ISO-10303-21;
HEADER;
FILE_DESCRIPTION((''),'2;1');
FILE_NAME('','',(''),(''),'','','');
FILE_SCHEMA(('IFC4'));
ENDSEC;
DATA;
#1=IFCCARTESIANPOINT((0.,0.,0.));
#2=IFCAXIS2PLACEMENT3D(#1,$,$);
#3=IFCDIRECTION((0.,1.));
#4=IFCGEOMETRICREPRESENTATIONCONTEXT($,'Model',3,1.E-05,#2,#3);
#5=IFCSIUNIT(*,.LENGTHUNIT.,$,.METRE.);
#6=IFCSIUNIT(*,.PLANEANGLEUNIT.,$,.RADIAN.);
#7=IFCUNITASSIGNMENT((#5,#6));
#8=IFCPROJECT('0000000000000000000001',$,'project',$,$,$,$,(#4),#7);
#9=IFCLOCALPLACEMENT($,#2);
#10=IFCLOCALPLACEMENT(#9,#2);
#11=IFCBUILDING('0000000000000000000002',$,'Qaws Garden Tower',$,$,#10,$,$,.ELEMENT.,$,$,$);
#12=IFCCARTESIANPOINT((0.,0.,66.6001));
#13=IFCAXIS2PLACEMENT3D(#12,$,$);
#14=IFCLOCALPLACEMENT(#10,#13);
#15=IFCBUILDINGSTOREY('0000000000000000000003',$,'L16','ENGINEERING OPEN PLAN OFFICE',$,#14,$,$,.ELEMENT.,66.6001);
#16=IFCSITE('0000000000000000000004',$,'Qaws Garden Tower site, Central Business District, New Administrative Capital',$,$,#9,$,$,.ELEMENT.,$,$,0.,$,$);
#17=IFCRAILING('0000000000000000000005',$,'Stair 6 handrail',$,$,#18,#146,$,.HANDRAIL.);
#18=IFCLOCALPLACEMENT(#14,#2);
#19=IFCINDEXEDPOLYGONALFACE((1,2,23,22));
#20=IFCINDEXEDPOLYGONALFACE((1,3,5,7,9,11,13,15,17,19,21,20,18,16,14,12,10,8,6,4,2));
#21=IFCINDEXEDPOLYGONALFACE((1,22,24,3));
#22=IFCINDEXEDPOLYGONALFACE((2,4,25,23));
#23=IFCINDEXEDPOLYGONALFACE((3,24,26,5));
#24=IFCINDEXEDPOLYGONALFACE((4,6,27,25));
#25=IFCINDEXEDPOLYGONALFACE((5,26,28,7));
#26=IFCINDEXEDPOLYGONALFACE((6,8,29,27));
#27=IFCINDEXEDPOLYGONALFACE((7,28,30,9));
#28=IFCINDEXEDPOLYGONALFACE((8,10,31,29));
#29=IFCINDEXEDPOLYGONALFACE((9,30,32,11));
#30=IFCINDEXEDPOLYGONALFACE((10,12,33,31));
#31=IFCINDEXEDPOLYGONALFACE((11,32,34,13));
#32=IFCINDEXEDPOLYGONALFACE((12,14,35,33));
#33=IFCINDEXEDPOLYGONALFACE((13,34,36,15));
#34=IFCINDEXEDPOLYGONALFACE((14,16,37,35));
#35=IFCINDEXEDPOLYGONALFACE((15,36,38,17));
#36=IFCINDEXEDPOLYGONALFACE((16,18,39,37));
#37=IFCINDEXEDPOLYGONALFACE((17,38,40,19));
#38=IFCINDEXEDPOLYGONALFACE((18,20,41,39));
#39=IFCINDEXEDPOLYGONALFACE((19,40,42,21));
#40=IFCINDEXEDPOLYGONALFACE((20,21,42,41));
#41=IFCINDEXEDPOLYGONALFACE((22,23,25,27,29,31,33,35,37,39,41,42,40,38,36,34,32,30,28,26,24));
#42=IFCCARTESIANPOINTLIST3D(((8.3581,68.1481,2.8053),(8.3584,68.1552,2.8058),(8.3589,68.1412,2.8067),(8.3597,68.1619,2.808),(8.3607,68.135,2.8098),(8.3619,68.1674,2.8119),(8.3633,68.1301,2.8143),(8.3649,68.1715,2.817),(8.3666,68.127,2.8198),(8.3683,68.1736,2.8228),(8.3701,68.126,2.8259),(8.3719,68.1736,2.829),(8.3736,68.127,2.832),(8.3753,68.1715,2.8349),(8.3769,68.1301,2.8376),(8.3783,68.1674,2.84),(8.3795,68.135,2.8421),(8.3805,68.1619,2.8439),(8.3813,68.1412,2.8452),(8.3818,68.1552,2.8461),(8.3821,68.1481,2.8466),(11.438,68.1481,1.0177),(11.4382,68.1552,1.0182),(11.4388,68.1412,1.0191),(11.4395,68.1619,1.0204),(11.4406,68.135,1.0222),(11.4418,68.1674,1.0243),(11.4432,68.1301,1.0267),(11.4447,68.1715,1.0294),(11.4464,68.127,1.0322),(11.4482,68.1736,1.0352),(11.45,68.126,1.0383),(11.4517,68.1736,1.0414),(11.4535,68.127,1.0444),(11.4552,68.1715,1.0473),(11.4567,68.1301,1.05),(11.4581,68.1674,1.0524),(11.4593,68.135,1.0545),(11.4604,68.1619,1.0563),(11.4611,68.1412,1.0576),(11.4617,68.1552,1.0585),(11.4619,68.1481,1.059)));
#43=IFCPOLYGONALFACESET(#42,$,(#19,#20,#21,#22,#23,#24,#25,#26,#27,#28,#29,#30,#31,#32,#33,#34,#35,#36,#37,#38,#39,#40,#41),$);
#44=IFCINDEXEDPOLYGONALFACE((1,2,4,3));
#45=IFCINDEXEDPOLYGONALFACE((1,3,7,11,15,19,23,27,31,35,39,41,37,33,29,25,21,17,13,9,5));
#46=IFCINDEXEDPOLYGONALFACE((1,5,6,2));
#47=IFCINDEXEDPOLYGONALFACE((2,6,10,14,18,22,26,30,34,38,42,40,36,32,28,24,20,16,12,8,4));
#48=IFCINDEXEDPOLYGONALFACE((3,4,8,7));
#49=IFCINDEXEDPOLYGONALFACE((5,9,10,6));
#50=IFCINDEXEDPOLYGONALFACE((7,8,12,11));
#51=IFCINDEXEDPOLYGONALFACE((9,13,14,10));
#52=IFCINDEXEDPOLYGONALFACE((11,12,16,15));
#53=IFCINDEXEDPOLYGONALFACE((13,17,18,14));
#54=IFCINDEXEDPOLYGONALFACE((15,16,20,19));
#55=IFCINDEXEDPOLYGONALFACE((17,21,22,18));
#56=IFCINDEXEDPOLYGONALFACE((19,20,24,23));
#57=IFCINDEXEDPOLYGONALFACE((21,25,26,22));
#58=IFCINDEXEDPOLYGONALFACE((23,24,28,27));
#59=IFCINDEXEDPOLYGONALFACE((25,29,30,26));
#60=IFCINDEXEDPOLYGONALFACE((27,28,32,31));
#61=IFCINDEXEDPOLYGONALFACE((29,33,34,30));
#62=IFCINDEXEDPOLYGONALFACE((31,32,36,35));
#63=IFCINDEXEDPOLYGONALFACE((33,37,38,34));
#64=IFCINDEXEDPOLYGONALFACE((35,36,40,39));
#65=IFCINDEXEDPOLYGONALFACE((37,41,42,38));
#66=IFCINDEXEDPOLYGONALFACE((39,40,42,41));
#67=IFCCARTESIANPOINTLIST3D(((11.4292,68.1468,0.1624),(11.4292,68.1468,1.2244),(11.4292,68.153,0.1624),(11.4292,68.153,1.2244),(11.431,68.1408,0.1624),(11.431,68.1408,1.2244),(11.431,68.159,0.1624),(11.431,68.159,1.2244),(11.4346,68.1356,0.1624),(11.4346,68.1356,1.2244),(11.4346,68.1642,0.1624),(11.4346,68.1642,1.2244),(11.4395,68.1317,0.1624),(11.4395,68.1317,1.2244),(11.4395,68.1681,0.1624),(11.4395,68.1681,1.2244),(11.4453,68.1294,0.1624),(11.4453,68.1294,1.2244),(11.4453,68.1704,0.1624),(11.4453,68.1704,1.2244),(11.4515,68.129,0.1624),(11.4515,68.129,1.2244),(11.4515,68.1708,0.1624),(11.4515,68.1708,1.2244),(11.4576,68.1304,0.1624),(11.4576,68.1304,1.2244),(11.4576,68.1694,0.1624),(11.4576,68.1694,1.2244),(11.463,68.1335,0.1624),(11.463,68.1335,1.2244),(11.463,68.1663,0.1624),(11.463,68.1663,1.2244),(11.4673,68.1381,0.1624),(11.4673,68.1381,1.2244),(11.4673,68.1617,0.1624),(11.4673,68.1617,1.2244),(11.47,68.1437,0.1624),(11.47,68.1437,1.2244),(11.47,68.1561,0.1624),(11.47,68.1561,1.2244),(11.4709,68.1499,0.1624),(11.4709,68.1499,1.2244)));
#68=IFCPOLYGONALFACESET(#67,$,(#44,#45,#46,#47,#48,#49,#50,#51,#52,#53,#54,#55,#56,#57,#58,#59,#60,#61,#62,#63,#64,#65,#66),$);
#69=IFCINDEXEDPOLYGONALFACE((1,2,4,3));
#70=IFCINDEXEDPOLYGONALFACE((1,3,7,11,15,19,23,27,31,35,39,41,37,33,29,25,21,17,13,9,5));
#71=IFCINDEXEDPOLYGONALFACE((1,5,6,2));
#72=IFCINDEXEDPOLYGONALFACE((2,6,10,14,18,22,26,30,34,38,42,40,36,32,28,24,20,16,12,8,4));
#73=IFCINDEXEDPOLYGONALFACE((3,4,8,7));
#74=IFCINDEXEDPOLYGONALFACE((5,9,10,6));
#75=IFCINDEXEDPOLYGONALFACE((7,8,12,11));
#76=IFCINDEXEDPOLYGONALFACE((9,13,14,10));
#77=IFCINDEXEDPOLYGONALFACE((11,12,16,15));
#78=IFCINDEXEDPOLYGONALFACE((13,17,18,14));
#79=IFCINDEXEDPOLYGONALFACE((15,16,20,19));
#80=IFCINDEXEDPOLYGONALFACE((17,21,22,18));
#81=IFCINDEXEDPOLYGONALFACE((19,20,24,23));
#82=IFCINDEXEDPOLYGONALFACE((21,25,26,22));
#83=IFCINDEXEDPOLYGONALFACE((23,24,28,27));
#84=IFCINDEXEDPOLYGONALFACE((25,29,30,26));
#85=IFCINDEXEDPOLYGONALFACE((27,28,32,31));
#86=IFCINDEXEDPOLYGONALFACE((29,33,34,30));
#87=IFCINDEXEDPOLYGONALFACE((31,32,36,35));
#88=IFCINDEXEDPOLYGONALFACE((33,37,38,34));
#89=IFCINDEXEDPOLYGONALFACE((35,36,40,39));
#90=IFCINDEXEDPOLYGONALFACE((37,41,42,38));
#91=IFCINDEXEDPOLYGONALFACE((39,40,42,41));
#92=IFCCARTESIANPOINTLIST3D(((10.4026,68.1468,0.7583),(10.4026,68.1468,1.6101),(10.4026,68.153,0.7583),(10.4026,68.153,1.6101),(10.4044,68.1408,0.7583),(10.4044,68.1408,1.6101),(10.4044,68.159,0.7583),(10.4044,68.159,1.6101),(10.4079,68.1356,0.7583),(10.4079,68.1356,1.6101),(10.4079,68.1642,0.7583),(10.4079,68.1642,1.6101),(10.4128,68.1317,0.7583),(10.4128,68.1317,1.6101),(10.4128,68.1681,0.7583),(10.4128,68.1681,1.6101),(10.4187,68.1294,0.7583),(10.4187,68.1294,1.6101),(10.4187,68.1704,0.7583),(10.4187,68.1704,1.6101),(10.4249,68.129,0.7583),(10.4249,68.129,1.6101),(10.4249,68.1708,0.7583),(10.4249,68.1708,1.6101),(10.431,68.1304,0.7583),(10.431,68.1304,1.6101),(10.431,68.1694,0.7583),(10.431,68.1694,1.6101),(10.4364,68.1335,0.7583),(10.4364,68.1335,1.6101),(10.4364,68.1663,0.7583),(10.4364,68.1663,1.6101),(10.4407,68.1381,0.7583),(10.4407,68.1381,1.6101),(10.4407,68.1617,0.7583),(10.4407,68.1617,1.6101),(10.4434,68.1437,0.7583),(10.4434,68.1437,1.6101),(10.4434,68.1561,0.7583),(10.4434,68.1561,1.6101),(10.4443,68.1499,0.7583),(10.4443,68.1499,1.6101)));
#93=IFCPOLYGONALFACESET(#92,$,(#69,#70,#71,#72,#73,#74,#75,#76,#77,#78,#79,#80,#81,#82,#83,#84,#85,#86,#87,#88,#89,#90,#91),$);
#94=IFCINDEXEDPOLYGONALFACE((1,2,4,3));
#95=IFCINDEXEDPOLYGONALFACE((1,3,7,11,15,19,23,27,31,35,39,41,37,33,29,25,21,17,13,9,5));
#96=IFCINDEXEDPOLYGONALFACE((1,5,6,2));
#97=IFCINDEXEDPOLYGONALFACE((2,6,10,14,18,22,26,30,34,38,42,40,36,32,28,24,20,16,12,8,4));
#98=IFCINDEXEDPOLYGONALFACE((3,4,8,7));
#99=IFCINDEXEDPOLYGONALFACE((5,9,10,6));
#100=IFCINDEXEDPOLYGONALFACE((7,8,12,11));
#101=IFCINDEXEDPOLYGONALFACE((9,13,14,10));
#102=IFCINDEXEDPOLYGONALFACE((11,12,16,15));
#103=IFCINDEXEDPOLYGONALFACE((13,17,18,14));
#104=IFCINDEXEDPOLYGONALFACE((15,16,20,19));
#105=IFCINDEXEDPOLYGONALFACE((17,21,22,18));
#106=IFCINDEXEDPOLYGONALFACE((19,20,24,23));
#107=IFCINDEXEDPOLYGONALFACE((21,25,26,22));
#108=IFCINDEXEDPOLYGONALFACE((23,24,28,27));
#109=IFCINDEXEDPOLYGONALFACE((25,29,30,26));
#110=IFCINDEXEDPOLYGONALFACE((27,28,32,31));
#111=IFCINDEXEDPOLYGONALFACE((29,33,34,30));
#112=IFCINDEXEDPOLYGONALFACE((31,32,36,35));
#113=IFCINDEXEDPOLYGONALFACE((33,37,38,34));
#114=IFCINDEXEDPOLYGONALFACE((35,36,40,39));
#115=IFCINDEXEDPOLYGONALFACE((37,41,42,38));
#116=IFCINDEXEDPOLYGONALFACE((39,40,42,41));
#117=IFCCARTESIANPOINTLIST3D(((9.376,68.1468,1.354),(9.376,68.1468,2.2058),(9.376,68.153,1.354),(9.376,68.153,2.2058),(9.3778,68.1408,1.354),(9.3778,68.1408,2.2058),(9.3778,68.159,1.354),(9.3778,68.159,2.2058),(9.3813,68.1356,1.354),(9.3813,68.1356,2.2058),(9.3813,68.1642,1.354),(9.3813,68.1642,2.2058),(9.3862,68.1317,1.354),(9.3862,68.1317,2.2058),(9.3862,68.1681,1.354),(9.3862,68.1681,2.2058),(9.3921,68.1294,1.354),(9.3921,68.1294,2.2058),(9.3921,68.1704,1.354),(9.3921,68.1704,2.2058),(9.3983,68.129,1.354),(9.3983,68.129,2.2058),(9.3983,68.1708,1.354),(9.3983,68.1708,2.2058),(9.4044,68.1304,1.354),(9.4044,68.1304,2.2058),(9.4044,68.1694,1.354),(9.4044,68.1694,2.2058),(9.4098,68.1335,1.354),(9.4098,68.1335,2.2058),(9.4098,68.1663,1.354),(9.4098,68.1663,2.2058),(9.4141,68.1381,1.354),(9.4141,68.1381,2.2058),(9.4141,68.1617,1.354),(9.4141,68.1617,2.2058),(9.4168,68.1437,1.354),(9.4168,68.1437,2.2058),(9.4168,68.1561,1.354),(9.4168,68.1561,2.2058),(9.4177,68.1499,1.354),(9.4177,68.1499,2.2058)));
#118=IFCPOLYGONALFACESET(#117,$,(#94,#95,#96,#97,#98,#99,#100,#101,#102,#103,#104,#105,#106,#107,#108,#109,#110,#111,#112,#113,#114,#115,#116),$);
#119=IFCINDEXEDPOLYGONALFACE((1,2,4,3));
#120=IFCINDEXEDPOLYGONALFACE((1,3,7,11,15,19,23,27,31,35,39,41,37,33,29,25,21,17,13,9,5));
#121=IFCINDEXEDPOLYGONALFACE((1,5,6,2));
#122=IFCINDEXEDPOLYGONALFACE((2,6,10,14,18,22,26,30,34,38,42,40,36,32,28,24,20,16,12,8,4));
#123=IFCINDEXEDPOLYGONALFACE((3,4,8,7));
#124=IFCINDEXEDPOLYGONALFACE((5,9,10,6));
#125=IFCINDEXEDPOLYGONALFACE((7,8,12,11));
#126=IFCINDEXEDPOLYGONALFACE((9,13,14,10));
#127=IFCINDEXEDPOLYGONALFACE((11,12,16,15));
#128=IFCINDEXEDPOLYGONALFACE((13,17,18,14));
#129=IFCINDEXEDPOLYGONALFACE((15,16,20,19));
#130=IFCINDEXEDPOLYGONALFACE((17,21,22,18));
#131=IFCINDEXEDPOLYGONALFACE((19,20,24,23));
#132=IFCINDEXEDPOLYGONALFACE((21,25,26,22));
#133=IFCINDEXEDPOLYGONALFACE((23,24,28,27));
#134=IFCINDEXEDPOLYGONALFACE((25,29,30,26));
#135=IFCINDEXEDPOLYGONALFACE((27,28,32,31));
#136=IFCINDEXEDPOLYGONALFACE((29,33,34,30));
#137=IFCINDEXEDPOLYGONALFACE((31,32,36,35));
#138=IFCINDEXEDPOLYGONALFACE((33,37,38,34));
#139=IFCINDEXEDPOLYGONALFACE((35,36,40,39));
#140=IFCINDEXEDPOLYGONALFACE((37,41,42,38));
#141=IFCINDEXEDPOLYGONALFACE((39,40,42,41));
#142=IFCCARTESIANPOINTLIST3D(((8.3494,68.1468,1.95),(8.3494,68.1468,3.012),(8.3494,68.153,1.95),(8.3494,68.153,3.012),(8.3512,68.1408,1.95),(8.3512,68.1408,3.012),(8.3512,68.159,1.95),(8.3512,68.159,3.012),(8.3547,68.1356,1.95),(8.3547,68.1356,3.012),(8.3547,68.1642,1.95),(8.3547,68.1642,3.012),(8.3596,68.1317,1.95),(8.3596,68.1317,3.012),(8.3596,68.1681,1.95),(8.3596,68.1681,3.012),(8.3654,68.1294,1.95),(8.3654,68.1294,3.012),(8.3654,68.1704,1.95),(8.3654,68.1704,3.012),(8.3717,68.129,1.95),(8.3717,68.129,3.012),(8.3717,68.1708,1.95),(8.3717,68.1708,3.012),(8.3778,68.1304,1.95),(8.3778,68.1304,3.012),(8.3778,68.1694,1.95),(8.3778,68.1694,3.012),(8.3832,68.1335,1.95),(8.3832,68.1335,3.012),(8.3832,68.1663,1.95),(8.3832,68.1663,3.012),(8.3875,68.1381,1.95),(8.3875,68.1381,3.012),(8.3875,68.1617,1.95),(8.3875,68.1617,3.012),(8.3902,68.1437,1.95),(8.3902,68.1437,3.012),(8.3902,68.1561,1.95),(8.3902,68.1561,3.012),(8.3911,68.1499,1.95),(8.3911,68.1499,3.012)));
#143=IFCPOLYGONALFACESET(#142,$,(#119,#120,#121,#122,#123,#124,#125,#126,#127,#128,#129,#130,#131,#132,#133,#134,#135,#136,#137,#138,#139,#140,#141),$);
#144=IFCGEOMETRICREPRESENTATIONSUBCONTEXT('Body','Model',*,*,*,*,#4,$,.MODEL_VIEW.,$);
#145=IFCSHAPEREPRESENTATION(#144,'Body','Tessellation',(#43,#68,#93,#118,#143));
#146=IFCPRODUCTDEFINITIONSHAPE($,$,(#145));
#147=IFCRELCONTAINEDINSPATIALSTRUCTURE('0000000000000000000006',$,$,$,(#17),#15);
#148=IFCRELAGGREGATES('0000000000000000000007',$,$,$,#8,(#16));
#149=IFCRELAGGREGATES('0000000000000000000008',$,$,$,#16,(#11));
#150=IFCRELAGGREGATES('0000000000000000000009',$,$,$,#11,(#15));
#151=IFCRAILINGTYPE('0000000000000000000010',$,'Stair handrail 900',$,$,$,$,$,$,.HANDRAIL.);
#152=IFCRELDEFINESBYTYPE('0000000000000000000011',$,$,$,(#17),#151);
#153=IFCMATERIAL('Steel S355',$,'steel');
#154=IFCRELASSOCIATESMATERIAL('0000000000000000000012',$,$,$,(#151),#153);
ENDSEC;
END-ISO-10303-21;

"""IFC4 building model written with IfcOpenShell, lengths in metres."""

from ifc_helpers import new_model, si_unit, direction, frame, origin, origin_2d, place, context, subcontext, project, spatial, circle, extrude, material, type_object, element, save


model = new_model("IFC4")

# Units and contexts
model_context = context("Model", 3, precision=1e-05, world=origin(), true_north=direction((0.0, 1.0)))
body_context = subcontext(model_context, "Body", "Model", "MODEL_VIEW")
ifc_project = project(units=[si_unit("LENGTHUNIT", "METRE"), si_unit("PLANEANGLEUNIT", "RADIAN")], contexts=[model_context])

# Site, building, storey
site_placement = place(None, origin())
site = spatial("IfcSite", under=ifc_project, at=site_placement, Name="Qaws Garden Tower site, Central Business District, New Administrative Capital", CompositionType="ELEMENT", RefElevation=0.0)
building_placement = place(site_placement, origin())
building = spatial("IfcBuilding", under=site, at=building_placement, Name="Qaws Garden Tower", CompositionType="ELEMENT")
storey_placement = place(building_placement, frame((0.0, 0.0, 66.6001)))
storey = spatial("IfcBuildingStorey", under=building, at=storey_placement, Name="L16", Description="ENGINEERING OPEN PLAN OFFICE", CompositionType="ELEMENT", Elevation=66.6001)

# Railing
ifc_material_1 = material(Name="Steel S355", Category="steel")
railing_type = type_object("IfcRailingType", Name="Stair handrail 900", PredefinedType="HANDRAIL", material=ifc_material_1)
railing_1_placement = place(storey_placement, frame((11.45, 68.1499, 0.1624)))
element("IfcRailing", 1, at=railing_1_placement, inside=storey, type_object=railing_type, Name="Stair 6 handrail", PredefinedType="HANDRAIL", context=body_context, shape_type="SweptSolid", body=[
    extrude(circle(Radius=0.0239, at=origin_2d()), frame((0.0, 0.0, 0.876), z_axis=(-0.864873, 0.0, 0.50199), x_axis=(0.0, -1.0, 0.0)), (0.0, 0.0, 1.0), 3.561),
    extrude(circle(Radius=0.021, at=origin_2d()), origin(), (0.0, 0.0, 1.0), 1.062),
    extrude(circle(Radius=0.021, at=origin_2d()), frame((-1.0266, 0.0, 0.5959)), (0.0, 0.0, 1.0), 0.8518),
    extrude(circle(Radius=0.021, at=origin_2d()), frame((-2.0532, 0.0, 1.1917)), (0.0, 0.0, 1.0), 0.8518),
    extrude(circle(Radius=0.021, at=origin_2d()), frame((-3.0798, 0.0, 1.7876)), (0.0, 0.0, 1.0), 1.062),
])

save(model, "model.ifc")
